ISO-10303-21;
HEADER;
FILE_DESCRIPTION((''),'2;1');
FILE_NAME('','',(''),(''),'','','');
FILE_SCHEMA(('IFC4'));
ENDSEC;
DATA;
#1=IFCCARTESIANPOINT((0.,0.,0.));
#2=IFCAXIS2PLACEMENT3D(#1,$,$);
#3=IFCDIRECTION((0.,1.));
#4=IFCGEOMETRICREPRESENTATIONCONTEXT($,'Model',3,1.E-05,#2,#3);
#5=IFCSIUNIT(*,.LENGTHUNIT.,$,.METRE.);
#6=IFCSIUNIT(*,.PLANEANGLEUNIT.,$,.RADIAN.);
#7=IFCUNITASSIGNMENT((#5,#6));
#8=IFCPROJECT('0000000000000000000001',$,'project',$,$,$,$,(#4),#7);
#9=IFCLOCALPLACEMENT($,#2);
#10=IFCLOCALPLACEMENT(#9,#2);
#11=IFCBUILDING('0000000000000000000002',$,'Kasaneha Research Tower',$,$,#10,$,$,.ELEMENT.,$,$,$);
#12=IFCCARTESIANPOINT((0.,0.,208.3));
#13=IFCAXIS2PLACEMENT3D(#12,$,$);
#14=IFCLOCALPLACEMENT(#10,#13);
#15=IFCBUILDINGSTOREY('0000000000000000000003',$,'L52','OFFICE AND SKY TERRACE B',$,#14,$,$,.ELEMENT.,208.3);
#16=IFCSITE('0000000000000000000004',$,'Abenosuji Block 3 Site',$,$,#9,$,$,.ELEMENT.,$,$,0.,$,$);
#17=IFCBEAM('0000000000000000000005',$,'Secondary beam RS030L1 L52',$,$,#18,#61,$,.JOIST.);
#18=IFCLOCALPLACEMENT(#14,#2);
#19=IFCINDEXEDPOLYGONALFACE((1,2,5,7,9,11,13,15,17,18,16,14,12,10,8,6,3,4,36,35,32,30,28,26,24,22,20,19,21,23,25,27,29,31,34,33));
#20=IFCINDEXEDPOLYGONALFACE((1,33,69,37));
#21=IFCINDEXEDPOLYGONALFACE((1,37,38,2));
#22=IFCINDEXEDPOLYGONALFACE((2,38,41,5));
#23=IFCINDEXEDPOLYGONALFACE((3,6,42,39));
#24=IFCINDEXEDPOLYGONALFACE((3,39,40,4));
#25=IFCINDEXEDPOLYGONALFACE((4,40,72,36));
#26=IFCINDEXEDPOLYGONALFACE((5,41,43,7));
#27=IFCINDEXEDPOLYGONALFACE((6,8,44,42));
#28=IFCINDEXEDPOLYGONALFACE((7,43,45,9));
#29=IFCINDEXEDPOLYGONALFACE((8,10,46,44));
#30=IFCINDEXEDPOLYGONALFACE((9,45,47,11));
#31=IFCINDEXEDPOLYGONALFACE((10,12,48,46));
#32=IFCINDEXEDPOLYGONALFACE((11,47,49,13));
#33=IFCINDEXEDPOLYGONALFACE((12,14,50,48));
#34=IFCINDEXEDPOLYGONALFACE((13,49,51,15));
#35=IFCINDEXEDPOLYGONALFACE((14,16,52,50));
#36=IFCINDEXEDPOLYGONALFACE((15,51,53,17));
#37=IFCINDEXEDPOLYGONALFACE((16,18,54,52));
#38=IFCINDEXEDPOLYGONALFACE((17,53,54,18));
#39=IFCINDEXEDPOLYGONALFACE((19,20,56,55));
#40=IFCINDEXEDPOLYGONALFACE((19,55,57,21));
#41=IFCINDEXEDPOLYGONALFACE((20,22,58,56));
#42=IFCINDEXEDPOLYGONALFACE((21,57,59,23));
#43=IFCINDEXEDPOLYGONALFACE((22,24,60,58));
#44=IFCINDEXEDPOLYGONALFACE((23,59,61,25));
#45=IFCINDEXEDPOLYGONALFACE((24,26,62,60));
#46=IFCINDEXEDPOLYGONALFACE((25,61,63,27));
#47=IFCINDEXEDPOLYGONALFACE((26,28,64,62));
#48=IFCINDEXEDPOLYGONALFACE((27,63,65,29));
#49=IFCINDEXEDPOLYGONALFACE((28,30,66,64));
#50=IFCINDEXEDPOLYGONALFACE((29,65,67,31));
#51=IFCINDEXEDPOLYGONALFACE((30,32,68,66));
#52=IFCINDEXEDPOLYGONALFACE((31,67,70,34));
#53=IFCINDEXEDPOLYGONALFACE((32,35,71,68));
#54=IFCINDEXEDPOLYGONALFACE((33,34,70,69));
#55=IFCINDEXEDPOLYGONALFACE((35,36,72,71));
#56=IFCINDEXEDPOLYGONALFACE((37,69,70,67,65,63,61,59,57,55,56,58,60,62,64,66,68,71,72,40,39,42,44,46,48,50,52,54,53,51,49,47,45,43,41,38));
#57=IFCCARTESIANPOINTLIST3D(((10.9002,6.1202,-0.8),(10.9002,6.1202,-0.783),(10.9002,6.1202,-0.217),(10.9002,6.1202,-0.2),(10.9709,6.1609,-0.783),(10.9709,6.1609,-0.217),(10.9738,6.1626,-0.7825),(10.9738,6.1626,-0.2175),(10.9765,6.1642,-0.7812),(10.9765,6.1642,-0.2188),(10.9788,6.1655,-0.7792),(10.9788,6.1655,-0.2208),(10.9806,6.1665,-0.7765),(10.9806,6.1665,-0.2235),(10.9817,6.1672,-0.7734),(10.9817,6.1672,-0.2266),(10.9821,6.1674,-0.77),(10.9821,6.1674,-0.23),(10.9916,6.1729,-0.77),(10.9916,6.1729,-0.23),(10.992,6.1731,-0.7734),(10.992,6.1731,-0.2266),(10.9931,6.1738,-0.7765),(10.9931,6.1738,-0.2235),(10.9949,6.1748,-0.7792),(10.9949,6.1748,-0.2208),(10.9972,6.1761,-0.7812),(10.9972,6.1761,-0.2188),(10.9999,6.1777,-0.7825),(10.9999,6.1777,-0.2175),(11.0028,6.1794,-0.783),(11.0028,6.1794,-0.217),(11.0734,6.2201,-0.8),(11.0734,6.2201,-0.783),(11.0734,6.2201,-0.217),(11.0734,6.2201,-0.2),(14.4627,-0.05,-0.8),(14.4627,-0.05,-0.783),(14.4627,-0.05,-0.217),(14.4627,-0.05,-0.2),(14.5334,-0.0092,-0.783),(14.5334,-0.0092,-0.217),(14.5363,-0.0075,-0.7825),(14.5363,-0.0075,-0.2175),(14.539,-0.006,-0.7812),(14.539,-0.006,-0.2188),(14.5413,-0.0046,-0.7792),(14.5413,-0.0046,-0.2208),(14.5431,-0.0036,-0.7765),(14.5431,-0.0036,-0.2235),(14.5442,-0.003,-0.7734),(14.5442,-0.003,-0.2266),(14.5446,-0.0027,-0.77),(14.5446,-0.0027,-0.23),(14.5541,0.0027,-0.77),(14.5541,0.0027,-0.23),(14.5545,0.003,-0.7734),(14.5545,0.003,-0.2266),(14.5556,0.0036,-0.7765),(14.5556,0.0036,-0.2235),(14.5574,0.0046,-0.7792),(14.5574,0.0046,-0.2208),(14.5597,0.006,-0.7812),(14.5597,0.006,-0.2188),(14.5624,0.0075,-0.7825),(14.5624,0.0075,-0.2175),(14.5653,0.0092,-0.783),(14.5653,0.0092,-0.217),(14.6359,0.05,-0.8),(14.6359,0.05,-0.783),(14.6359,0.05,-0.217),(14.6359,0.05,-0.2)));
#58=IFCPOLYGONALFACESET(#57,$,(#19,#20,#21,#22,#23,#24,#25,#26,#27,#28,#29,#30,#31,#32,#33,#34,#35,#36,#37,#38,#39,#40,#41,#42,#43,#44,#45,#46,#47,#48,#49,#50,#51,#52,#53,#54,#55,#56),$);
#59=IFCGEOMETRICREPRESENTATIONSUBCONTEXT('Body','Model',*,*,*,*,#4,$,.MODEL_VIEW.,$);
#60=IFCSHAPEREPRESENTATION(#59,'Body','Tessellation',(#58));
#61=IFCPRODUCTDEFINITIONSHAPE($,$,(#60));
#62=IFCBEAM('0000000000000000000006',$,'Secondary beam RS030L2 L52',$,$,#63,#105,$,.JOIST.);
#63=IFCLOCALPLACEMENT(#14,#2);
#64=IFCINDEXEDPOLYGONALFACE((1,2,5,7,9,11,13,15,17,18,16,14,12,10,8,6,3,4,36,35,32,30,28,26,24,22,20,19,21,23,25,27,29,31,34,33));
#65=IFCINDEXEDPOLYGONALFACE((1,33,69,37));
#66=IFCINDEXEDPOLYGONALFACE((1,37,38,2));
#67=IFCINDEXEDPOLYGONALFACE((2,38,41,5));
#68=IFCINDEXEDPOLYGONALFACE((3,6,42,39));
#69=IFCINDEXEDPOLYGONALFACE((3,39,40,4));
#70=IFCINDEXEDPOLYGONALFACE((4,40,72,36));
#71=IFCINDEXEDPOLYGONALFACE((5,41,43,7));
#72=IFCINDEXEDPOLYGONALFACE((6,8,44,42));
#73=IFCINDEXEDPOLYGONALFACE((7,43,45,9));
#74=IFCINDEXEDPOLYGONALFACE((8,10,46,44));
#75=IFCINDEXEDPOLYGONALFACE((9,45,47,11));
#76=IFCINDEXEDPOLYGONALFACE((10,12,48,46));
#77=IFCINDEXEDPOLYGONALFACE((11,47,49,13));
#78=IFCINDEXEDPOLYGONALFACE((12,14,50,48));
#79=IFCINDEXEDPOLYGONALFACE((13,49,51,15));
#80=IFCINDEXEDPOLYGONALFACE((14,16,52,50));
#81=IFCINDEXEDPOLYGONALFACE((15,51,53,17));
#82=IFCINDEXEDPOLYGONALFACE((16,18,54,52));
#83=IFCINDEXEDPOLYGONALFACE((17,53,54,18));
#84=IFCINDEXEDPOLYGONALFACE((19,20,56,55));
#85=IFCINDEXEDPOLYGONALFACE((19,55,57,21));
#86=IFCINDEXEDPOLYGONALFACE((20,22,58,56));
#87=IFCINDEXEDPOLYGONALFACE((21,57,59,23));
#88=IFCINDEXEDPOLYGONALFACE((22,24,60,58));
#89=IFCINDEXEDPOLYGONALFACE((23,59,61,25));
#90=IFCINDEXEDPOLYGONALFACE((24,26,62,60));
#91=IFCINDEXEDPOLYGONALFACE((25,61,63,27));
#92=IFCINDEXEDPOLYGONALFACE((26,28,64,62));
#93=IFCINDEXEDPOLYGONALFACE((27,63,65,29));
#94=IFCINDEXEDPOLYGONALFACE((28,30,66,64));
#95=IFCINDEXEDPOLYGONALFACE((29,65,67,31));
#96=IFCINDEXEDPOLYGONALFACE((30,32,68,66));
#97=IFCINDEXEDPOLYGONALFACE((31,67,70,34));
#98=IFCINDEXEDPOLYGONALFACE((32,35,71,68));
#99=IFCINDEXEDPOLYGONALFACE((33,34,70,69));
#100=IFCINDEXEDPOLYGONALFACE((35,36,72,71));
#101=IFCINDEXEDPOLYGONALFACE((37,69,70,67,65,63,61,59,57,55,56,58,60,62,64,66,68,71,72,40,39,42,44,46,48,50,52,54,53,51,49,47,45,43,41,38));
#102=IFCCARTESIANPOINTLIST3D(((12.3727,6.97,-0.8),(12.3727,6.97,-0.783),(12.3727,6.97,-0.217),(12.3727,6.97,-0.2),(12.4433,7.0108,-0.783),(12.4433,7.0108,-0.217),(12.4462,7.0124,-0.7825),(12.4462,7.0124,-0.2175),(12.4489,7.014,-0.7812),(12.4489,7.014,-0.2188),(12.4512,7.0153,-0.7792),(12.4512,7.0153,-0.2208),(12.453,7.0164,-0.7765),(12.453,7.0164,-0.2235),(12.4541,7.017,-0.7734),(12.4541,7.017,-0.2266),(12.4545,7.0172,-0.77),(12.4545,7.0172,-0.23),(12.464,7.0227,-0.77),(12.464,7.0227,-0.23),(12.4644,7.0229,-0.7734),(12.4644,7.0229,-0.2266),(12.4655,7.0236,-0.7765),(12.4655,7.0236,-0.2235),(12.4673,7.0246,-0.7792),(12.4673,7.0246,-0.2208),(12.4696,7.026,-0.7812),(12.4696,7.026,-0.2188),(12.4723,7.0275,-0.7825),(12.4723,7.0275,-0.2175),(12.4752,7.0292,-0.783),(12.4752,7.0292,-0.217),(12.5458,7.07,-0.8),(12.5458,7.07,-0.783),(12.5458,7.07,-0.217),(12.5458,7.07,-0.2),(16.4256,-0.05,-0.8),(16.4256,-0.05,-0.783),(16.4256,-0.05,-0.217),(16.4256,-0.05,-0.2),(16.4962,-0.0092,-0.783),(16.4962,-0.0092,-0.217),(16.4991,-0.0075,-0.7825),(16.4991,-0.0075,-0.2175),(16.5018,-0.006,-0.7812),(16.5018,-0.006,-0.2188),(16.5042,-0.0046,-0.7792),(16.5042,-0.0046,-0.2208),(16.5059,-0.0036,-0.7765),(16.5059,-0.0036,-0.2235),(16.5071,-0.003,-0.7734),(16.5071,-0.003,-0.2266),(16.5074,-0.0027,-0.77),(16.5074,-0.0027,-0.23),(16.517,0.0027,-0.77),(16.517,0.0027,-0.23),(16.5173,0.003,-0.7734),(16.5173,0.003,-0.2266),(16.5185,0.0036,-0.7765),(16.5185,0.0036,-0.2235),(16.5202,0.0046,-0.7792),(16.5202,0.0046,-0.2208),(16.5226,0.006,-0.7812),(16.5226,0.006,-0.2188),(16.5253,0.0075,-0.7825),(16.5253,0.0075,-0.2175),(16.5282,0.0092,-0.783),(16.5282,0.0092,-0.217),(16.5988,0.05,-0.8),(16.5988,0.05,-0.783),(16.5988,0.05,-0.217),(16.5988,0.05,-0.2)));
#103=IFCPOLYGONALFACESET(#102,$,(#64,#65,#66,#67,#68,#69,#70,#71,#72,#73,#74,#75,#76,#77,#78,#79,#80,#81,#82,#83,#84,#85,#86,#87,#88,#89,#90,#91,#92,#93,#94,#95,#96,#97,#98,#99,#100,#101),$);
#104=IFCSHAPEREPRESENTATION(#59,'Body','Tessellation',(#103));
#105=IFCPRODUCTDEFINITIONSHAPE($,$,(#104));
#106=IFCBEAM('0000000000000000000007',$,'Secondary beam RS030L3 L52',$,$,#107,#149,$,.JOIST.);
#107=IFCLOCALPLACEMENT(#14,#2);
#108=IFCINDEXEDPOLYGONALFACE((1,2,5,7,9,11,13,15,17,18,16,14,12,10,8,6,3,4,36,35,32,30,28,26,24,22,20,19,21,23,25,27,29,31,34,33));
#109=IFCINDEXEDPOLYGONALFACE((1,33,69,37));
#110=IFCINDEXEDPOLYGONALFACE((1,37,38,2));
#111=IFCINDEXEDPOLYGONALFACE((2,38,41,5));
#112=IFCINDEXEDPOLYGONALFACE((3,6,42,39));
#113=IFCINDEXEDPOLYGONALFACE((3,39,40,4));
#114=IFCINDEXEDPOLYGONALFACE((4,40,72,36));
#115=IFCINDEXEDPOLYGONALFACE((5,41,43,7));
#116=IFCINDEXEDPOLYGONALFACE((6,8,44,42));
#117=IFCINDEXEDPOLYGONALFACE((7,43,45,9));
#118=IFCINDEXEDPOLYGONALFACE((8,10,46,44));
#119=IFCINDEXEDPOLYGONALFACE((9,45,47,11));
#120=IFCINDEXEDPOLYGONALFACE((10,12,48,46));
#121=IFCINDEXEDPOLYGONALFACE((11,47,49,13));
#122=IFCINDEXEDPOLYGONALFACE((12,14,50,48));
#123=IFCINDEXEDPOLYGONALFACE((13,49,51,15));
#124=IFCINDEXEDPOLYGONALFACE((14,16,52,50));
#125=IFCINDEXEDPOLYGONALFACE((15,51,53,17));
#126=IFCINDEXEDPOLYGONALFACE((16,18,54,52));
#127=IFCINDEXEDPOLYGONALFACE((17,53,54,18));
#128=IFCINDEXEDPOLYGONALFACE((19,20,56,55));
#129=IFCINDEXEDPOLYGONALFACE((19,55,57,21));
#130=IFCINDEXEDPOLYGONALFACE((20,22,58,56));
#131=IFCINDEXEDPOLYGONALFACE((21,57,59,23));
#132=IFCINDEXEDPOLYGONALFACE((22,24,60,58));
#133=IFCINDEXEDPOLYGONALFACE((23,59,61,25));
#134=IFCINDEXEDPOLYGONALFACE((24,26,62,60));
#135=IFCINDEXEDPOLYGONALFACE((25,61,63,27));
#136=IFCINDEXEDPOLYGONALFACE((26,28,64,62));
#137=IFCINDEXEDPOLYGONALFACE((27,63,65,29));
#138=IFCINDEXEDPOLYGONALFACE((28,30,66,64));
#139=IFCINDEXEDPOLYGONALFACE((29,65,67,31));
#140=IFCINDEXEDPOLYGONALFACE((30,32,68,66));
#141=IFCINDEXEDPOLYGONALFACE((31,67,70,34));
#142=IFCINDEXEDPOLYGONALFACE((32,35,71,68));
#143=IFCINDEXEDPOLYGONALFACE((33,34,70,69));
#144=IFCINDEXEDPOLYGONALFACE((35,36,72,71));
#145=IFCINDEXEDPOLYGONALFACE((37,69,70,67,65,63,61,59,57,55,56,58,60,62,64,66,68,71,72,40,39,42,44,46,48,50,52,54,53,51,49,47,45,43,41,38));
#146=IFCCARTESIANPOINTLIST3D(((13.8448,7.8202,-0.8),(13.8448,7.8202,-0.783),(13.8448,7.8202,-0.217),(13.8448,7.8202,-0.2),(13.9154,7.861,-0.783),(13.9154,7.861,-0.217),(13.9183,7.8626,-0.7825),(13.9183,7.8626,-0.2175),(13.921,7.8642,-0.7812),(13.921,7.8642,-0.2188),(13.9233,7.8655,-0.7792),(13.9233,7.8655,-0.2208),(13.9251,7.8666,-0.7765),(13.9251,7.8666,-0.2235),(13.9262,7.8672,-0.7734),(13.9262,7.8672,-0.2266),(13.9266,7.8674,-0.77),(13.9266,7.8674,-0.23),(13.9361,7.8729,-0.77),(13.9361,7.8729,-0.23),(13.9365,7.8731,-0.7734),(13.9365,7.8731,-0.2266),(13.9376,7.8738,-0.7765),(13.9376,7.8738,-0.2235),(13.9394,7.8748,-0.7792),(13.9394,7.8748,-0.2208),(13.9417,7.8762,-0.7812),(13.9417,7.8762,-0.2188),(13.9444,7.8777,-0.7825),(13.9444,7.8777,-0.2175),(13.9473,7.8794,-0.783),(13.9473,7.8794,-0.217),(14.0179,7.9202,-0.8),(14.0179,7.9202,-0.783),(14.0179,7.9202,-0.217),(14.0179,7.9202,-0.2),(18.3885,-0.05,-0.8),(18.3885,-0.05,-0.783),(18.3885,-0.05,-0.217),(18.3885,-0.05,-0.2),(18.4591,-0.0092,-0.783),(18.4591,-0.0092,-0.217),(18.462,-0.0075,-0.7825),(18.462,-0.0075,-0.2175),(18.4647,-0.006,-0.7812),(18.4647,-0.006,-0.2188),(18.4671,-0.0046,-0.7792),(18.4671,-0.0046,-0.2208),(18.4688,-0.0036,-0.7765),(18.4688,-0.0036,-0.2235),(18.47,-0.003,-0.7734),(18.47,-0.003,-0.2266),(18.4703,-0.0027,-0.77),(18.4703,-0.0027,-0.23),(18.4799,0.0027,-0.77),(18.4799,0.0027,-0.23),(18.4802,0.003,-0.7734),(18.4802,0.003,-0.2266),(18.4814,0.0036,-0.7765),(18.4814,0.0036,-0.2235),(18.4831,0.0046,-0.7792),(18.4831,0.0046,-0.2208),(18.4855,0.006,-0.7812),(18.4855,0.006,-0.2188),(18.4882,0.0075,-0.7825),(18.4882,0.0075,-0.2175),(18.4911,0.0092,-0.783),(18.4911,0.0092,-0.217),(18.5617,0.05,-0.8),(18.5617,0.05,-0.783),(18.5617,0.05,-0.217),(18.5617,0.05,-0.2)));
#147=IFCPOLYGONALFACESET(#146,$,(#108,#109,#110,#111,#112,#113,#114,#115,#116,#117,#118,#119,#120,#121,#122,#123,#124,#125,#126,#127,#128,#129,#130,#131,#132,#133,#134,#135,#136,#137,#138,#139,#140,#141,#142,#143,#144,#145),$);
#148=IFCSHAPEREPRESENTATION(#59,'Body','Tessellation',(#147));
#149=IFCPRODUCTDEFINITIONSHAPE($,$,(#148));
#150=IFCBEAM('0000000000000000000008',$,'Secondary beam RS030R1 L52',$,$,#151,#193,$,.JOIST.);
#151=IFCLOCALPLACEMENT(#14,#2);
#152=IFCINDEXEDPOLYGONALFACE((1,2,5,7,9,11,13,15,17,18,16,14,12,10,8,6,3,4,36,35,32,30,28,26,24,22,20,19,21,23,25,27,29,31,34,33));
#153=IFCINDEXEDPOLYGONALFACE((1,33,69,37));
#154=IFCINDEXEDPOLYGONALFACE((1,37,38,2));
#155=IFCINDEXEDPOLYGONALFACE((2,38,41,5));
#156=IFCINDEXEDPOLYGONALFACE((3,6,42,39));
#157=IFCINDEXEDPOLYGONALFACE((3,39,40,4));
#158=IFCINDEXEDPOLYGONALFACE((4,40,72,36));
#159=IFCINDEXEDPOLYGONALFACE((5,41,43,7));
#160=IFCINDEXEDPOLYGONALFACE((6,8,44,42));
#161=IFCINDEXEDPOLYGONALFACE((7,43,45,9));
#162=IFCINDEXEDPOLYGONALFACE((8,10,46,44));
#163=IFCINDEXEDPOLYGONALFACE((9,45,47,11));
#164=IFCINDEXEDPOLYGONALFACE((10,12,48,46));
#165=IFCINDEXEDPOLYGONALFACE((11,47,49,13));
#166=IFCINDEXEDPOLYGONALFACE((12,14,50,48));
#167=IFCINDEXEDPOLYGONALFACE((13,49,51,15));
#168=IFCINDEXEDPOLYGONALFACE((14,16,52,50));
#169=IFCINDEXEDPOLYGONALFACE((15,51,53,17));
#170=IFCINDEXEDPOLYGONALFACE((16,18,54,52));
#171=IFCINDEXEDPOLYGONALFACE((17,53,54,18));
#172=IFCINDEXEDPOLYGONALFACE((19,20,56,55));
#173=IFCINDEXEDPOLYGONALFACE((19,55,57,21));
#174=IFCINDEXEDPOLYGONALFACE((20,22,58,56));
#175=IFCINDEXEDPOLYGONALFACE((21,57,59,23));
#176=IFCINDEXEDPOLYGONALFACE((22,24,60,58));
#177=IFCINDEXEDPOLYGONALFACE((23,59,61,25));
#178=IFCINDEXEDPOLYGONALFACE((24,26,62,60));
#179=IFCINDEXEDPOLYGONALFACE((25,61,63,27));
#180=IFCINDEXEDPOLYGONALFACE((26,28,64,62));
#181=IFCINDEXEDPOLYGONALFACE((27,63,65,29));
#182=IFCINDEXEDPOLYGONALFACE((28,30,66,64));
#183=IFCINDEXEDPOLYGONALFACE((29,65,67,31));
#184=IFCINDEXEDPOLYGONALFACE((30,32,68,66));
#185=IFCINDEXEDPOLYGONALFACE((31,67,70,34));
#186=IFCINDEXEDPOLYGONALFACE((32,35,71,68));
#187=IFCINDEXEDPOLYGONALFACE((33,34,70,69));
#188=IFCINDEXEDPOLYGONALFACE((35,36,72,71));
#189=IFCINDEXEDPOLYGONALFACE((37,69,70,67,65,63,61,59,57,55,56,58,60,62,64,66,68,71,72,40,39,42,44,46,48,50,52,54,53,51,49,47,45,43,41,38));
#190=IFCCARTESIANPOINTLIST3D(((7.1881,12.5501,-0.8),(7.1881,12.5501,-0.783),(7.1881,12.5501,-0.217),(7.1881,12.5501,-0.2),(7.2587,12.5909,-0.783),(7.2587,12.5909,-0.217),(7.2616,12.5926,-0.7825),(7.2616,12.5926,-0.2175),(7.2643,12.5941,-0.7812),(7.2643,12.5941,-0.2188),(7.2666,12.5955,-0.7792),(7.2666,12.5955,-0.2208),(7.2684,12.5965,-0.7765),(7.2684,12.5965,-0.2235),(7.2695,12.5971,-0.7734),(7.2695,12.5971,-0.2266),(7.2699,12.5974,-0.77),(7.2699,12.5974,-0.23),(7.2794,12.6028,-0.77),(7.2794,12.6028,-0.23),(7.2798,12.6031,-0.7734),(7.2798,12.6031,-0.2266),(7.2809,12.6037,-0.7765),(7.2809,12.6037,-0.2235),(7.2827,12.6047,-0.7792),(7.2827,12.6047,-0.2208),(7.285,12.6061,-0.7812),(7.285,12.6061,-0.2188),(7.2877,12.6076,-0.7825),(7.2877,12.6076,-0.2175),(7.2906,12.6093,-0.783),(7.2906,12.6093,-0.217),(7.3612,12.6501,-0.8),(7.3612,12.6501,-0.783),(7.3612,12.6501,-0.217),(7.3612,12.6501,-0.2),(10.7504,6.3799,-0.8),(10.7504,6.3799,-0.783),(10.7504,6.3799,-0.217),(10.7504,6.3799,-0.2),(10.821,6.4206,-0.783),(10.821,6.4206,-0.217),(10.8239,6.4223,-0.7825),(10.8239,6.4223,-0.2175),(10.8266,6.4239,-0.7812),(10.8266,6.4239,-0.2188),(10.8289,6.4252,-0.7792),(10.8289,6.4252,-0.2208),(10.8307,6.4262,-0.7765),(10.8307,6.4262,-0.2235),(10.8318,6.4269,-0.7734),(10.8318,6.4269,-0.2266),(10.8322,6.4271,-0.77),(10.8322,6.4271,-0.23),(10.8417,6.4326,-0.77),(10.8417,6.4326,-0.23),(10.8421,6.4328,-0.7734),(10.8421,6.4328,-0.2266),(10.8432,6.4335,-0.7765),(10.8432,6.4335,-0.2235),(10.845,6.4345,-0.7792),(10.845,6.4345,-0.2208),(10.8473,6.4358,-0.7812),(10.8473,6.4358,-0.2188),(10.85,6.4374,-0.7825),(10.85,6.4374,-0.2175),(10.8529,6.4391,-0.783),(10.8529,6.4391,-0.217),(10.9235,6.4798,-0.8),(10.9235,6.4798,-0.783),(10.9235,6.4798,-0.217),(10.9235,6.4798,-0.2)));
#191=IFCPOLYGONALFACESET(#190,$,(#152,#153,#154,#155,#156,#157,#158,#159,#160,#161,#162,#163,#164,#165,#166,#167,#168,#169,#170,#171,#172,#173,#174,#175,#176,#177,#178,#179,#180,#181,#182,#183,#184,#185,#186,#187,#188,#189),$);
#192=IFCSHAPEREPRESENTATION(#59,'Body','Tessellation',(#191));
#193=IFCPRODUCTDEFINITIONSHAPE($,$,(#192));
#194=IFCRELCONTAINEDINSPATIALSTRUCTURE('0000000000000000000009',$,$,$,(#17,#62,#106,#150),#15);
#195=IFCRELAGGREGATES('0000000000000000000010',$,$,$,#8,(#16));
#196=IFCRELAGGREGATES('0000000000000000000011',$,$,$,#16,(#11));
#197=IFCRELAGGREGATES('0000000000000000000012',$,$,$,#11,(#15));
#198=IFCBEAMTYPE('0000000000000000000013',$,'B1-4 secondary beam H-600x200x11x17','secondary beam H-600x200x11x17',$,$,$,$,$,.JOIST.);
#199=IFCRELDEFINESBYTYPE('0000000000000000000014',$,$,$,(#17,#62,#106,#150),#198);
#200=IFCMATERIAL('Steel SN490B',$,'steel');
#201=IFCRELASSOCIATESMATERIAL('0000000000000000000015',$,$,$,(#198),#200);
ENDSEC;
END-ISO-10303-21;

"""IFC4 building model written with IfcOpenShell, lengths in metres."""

from ifc_helpers import new_model, si_unit, direction, frame, origin, origin_2d, place, context, subcontext, project, spatial, i_section, extrude, material, material_profile, profile_set, type_object, element, save


model = new_model("IFC4")

# Units and contexts
model_context = context("Model", 3, precision=1e-05, world=origin(), true_north=direction((0.0, 1.0)))
body_context = subcontext(model_context, "Body", "Model", "MODEL_VIEW")
ifc_project = project(units=[si_unit("LENGTHUNIT", "METRE"), si_unit("PLANEANGLEUNIT", "RADIAN")], contexts=[model_context])

# Site, building, storey
site_placement = place(None, origin())
site = spatial("IfcSite", under=ifc_project, at=site_placement, Name="Abenosuji Block 3 Site", CompositionType="ELEMENT", RefElevation=0.0)
building_placement = place(site_placement, origin())
building = spatial("IfcBuilding", under=site, at=building_placement, Name="Kasaneha Research Tower", CompositionType="ELEMENT")
storey_placement = place(building_placement, frame((0.0, 0.0, 208.3)))
storey = spatial("IfcBuildingStorey", under=building, at=storey_placement, Name="L52", Description="OFFICE AND SKY TERRACE B", CompositionType="ELEMENT", Elevation=208.3)

# Beams
ifc_material_1 = material(Name="Steel SN490B", Category="steel")
ifc_material_profile_1 = material_profile(ifc_material_1, i_section(OverallWidth=0.2, OverallDepth=0.6001, WebThickness=0.011, FlangeThickness=0.0171, FilletRadius=0.0129, at=origin_2d()), Name="H-600x200x11x17")
ifc_profile_set_1 = profile_set([ifc_material_profile_1], Name="Steel SN490B")
beam_type_1 = type_object("IfcBeamType", Name="B1-4 secondary beam H-600x200x11x17", Description="secondary beam H-600x200x11x17", PredefinedType="JOIST", material=ifc_profile_set_1)
beam_1_placement = place(storey_placement, frame((14.5493, 0.0, -0.5), z_axis=(-0.500016, 0.866016, 0.0), x_axis=(-0.866016, -0.500016, 0.0)))
element("IfcBeam", 1, at=beam_1_placement, inside=storey, type_object=beam_type_1, Name="Secondary beam RS030L1 L52", PredefinedType="JOIST", context=body_context, shape_type="SweptSolid", body=[
    extrude(i_section(OverallWidth=0.2, OverallDepth=0.6001, WebThickness=0.011, FlangeThickness=0.0171, FilletRadius=0.0129, at=origin_2d()), origin(), (0.0, 0.0, 1.0), 7.1248),
])
beam_2_placement = place(storey_placement, frame((16.5122, 0.0, -0.5), z_axis=(-0.499997, 0.866027, 0.0), x_axis=(-0.866027, -0.499997, 0.0)))
element("IfcBeam", 2, at=beam_2_placement, inside=storey, type_object=beam_type_1, Name="Secondary beam RS030L2 L52", PredefinedType="JOIST", context=body_context, shape_type="SweptSolid", body=[
    extrude(i_section(OverallWidth=0.2, OverallDepth=0.6001, WebThickness=0.011, FlangeThickness=0.0171, FilletRadius=0.0129, at=origin_2d()), origin(), (0.0, 0.0, 1.0), 8.106),
])
beam_3_placement = place(storey_placement, frame((18.4751, 0.0, -0.5), z_axis=(-0.499991, 0.866031, 0.0), x_axis=(-0.866031, -0.499991, 0.0)))
element("IfcBeam", 3, at=beam_3_placement, inside=storey, type_object=beam_type_1, Name="Secondary beam RS030L3 L52", PredefinedType="JOIST", context=body_context, shape_type="SweptSolid", body=[
    extrude(i_section(OverallWidth=0.2, OverallDepth=0.6001, WebThickness=0.011, FlangeThickness=0.0171, FilletRadius=0.0129, at=origin_2d()), origin(), (0.0, 0.0, 1.0), 9.0876),
])
beam_4_placement = place(storey_placement, frame((7.2747, 12.6001, -0.5), z_axis=(0.49999, -0.866031, 0.0), x_axis=(0.866031, 0.49999, 0.0)))
element("IfcBeam", 4, at=beam_4_placement, inside=storey, type_object=beam_type_1, Name="Secondary beam RS030R1 L52", PredefinedType="JOIST", context=body_context, shape_type="SweptSolid", body=[
    extrude(i_section(OverallWidth=0.2, OverallDepth=0.6001, WebThickness=0.011, FlangeThickness=0.0171, FilletRadius=0.0129, at=origin_2d()), origin(), (0.0, 0.0, 1.0), 7.1248),
])

save(model, "model.ifc")
